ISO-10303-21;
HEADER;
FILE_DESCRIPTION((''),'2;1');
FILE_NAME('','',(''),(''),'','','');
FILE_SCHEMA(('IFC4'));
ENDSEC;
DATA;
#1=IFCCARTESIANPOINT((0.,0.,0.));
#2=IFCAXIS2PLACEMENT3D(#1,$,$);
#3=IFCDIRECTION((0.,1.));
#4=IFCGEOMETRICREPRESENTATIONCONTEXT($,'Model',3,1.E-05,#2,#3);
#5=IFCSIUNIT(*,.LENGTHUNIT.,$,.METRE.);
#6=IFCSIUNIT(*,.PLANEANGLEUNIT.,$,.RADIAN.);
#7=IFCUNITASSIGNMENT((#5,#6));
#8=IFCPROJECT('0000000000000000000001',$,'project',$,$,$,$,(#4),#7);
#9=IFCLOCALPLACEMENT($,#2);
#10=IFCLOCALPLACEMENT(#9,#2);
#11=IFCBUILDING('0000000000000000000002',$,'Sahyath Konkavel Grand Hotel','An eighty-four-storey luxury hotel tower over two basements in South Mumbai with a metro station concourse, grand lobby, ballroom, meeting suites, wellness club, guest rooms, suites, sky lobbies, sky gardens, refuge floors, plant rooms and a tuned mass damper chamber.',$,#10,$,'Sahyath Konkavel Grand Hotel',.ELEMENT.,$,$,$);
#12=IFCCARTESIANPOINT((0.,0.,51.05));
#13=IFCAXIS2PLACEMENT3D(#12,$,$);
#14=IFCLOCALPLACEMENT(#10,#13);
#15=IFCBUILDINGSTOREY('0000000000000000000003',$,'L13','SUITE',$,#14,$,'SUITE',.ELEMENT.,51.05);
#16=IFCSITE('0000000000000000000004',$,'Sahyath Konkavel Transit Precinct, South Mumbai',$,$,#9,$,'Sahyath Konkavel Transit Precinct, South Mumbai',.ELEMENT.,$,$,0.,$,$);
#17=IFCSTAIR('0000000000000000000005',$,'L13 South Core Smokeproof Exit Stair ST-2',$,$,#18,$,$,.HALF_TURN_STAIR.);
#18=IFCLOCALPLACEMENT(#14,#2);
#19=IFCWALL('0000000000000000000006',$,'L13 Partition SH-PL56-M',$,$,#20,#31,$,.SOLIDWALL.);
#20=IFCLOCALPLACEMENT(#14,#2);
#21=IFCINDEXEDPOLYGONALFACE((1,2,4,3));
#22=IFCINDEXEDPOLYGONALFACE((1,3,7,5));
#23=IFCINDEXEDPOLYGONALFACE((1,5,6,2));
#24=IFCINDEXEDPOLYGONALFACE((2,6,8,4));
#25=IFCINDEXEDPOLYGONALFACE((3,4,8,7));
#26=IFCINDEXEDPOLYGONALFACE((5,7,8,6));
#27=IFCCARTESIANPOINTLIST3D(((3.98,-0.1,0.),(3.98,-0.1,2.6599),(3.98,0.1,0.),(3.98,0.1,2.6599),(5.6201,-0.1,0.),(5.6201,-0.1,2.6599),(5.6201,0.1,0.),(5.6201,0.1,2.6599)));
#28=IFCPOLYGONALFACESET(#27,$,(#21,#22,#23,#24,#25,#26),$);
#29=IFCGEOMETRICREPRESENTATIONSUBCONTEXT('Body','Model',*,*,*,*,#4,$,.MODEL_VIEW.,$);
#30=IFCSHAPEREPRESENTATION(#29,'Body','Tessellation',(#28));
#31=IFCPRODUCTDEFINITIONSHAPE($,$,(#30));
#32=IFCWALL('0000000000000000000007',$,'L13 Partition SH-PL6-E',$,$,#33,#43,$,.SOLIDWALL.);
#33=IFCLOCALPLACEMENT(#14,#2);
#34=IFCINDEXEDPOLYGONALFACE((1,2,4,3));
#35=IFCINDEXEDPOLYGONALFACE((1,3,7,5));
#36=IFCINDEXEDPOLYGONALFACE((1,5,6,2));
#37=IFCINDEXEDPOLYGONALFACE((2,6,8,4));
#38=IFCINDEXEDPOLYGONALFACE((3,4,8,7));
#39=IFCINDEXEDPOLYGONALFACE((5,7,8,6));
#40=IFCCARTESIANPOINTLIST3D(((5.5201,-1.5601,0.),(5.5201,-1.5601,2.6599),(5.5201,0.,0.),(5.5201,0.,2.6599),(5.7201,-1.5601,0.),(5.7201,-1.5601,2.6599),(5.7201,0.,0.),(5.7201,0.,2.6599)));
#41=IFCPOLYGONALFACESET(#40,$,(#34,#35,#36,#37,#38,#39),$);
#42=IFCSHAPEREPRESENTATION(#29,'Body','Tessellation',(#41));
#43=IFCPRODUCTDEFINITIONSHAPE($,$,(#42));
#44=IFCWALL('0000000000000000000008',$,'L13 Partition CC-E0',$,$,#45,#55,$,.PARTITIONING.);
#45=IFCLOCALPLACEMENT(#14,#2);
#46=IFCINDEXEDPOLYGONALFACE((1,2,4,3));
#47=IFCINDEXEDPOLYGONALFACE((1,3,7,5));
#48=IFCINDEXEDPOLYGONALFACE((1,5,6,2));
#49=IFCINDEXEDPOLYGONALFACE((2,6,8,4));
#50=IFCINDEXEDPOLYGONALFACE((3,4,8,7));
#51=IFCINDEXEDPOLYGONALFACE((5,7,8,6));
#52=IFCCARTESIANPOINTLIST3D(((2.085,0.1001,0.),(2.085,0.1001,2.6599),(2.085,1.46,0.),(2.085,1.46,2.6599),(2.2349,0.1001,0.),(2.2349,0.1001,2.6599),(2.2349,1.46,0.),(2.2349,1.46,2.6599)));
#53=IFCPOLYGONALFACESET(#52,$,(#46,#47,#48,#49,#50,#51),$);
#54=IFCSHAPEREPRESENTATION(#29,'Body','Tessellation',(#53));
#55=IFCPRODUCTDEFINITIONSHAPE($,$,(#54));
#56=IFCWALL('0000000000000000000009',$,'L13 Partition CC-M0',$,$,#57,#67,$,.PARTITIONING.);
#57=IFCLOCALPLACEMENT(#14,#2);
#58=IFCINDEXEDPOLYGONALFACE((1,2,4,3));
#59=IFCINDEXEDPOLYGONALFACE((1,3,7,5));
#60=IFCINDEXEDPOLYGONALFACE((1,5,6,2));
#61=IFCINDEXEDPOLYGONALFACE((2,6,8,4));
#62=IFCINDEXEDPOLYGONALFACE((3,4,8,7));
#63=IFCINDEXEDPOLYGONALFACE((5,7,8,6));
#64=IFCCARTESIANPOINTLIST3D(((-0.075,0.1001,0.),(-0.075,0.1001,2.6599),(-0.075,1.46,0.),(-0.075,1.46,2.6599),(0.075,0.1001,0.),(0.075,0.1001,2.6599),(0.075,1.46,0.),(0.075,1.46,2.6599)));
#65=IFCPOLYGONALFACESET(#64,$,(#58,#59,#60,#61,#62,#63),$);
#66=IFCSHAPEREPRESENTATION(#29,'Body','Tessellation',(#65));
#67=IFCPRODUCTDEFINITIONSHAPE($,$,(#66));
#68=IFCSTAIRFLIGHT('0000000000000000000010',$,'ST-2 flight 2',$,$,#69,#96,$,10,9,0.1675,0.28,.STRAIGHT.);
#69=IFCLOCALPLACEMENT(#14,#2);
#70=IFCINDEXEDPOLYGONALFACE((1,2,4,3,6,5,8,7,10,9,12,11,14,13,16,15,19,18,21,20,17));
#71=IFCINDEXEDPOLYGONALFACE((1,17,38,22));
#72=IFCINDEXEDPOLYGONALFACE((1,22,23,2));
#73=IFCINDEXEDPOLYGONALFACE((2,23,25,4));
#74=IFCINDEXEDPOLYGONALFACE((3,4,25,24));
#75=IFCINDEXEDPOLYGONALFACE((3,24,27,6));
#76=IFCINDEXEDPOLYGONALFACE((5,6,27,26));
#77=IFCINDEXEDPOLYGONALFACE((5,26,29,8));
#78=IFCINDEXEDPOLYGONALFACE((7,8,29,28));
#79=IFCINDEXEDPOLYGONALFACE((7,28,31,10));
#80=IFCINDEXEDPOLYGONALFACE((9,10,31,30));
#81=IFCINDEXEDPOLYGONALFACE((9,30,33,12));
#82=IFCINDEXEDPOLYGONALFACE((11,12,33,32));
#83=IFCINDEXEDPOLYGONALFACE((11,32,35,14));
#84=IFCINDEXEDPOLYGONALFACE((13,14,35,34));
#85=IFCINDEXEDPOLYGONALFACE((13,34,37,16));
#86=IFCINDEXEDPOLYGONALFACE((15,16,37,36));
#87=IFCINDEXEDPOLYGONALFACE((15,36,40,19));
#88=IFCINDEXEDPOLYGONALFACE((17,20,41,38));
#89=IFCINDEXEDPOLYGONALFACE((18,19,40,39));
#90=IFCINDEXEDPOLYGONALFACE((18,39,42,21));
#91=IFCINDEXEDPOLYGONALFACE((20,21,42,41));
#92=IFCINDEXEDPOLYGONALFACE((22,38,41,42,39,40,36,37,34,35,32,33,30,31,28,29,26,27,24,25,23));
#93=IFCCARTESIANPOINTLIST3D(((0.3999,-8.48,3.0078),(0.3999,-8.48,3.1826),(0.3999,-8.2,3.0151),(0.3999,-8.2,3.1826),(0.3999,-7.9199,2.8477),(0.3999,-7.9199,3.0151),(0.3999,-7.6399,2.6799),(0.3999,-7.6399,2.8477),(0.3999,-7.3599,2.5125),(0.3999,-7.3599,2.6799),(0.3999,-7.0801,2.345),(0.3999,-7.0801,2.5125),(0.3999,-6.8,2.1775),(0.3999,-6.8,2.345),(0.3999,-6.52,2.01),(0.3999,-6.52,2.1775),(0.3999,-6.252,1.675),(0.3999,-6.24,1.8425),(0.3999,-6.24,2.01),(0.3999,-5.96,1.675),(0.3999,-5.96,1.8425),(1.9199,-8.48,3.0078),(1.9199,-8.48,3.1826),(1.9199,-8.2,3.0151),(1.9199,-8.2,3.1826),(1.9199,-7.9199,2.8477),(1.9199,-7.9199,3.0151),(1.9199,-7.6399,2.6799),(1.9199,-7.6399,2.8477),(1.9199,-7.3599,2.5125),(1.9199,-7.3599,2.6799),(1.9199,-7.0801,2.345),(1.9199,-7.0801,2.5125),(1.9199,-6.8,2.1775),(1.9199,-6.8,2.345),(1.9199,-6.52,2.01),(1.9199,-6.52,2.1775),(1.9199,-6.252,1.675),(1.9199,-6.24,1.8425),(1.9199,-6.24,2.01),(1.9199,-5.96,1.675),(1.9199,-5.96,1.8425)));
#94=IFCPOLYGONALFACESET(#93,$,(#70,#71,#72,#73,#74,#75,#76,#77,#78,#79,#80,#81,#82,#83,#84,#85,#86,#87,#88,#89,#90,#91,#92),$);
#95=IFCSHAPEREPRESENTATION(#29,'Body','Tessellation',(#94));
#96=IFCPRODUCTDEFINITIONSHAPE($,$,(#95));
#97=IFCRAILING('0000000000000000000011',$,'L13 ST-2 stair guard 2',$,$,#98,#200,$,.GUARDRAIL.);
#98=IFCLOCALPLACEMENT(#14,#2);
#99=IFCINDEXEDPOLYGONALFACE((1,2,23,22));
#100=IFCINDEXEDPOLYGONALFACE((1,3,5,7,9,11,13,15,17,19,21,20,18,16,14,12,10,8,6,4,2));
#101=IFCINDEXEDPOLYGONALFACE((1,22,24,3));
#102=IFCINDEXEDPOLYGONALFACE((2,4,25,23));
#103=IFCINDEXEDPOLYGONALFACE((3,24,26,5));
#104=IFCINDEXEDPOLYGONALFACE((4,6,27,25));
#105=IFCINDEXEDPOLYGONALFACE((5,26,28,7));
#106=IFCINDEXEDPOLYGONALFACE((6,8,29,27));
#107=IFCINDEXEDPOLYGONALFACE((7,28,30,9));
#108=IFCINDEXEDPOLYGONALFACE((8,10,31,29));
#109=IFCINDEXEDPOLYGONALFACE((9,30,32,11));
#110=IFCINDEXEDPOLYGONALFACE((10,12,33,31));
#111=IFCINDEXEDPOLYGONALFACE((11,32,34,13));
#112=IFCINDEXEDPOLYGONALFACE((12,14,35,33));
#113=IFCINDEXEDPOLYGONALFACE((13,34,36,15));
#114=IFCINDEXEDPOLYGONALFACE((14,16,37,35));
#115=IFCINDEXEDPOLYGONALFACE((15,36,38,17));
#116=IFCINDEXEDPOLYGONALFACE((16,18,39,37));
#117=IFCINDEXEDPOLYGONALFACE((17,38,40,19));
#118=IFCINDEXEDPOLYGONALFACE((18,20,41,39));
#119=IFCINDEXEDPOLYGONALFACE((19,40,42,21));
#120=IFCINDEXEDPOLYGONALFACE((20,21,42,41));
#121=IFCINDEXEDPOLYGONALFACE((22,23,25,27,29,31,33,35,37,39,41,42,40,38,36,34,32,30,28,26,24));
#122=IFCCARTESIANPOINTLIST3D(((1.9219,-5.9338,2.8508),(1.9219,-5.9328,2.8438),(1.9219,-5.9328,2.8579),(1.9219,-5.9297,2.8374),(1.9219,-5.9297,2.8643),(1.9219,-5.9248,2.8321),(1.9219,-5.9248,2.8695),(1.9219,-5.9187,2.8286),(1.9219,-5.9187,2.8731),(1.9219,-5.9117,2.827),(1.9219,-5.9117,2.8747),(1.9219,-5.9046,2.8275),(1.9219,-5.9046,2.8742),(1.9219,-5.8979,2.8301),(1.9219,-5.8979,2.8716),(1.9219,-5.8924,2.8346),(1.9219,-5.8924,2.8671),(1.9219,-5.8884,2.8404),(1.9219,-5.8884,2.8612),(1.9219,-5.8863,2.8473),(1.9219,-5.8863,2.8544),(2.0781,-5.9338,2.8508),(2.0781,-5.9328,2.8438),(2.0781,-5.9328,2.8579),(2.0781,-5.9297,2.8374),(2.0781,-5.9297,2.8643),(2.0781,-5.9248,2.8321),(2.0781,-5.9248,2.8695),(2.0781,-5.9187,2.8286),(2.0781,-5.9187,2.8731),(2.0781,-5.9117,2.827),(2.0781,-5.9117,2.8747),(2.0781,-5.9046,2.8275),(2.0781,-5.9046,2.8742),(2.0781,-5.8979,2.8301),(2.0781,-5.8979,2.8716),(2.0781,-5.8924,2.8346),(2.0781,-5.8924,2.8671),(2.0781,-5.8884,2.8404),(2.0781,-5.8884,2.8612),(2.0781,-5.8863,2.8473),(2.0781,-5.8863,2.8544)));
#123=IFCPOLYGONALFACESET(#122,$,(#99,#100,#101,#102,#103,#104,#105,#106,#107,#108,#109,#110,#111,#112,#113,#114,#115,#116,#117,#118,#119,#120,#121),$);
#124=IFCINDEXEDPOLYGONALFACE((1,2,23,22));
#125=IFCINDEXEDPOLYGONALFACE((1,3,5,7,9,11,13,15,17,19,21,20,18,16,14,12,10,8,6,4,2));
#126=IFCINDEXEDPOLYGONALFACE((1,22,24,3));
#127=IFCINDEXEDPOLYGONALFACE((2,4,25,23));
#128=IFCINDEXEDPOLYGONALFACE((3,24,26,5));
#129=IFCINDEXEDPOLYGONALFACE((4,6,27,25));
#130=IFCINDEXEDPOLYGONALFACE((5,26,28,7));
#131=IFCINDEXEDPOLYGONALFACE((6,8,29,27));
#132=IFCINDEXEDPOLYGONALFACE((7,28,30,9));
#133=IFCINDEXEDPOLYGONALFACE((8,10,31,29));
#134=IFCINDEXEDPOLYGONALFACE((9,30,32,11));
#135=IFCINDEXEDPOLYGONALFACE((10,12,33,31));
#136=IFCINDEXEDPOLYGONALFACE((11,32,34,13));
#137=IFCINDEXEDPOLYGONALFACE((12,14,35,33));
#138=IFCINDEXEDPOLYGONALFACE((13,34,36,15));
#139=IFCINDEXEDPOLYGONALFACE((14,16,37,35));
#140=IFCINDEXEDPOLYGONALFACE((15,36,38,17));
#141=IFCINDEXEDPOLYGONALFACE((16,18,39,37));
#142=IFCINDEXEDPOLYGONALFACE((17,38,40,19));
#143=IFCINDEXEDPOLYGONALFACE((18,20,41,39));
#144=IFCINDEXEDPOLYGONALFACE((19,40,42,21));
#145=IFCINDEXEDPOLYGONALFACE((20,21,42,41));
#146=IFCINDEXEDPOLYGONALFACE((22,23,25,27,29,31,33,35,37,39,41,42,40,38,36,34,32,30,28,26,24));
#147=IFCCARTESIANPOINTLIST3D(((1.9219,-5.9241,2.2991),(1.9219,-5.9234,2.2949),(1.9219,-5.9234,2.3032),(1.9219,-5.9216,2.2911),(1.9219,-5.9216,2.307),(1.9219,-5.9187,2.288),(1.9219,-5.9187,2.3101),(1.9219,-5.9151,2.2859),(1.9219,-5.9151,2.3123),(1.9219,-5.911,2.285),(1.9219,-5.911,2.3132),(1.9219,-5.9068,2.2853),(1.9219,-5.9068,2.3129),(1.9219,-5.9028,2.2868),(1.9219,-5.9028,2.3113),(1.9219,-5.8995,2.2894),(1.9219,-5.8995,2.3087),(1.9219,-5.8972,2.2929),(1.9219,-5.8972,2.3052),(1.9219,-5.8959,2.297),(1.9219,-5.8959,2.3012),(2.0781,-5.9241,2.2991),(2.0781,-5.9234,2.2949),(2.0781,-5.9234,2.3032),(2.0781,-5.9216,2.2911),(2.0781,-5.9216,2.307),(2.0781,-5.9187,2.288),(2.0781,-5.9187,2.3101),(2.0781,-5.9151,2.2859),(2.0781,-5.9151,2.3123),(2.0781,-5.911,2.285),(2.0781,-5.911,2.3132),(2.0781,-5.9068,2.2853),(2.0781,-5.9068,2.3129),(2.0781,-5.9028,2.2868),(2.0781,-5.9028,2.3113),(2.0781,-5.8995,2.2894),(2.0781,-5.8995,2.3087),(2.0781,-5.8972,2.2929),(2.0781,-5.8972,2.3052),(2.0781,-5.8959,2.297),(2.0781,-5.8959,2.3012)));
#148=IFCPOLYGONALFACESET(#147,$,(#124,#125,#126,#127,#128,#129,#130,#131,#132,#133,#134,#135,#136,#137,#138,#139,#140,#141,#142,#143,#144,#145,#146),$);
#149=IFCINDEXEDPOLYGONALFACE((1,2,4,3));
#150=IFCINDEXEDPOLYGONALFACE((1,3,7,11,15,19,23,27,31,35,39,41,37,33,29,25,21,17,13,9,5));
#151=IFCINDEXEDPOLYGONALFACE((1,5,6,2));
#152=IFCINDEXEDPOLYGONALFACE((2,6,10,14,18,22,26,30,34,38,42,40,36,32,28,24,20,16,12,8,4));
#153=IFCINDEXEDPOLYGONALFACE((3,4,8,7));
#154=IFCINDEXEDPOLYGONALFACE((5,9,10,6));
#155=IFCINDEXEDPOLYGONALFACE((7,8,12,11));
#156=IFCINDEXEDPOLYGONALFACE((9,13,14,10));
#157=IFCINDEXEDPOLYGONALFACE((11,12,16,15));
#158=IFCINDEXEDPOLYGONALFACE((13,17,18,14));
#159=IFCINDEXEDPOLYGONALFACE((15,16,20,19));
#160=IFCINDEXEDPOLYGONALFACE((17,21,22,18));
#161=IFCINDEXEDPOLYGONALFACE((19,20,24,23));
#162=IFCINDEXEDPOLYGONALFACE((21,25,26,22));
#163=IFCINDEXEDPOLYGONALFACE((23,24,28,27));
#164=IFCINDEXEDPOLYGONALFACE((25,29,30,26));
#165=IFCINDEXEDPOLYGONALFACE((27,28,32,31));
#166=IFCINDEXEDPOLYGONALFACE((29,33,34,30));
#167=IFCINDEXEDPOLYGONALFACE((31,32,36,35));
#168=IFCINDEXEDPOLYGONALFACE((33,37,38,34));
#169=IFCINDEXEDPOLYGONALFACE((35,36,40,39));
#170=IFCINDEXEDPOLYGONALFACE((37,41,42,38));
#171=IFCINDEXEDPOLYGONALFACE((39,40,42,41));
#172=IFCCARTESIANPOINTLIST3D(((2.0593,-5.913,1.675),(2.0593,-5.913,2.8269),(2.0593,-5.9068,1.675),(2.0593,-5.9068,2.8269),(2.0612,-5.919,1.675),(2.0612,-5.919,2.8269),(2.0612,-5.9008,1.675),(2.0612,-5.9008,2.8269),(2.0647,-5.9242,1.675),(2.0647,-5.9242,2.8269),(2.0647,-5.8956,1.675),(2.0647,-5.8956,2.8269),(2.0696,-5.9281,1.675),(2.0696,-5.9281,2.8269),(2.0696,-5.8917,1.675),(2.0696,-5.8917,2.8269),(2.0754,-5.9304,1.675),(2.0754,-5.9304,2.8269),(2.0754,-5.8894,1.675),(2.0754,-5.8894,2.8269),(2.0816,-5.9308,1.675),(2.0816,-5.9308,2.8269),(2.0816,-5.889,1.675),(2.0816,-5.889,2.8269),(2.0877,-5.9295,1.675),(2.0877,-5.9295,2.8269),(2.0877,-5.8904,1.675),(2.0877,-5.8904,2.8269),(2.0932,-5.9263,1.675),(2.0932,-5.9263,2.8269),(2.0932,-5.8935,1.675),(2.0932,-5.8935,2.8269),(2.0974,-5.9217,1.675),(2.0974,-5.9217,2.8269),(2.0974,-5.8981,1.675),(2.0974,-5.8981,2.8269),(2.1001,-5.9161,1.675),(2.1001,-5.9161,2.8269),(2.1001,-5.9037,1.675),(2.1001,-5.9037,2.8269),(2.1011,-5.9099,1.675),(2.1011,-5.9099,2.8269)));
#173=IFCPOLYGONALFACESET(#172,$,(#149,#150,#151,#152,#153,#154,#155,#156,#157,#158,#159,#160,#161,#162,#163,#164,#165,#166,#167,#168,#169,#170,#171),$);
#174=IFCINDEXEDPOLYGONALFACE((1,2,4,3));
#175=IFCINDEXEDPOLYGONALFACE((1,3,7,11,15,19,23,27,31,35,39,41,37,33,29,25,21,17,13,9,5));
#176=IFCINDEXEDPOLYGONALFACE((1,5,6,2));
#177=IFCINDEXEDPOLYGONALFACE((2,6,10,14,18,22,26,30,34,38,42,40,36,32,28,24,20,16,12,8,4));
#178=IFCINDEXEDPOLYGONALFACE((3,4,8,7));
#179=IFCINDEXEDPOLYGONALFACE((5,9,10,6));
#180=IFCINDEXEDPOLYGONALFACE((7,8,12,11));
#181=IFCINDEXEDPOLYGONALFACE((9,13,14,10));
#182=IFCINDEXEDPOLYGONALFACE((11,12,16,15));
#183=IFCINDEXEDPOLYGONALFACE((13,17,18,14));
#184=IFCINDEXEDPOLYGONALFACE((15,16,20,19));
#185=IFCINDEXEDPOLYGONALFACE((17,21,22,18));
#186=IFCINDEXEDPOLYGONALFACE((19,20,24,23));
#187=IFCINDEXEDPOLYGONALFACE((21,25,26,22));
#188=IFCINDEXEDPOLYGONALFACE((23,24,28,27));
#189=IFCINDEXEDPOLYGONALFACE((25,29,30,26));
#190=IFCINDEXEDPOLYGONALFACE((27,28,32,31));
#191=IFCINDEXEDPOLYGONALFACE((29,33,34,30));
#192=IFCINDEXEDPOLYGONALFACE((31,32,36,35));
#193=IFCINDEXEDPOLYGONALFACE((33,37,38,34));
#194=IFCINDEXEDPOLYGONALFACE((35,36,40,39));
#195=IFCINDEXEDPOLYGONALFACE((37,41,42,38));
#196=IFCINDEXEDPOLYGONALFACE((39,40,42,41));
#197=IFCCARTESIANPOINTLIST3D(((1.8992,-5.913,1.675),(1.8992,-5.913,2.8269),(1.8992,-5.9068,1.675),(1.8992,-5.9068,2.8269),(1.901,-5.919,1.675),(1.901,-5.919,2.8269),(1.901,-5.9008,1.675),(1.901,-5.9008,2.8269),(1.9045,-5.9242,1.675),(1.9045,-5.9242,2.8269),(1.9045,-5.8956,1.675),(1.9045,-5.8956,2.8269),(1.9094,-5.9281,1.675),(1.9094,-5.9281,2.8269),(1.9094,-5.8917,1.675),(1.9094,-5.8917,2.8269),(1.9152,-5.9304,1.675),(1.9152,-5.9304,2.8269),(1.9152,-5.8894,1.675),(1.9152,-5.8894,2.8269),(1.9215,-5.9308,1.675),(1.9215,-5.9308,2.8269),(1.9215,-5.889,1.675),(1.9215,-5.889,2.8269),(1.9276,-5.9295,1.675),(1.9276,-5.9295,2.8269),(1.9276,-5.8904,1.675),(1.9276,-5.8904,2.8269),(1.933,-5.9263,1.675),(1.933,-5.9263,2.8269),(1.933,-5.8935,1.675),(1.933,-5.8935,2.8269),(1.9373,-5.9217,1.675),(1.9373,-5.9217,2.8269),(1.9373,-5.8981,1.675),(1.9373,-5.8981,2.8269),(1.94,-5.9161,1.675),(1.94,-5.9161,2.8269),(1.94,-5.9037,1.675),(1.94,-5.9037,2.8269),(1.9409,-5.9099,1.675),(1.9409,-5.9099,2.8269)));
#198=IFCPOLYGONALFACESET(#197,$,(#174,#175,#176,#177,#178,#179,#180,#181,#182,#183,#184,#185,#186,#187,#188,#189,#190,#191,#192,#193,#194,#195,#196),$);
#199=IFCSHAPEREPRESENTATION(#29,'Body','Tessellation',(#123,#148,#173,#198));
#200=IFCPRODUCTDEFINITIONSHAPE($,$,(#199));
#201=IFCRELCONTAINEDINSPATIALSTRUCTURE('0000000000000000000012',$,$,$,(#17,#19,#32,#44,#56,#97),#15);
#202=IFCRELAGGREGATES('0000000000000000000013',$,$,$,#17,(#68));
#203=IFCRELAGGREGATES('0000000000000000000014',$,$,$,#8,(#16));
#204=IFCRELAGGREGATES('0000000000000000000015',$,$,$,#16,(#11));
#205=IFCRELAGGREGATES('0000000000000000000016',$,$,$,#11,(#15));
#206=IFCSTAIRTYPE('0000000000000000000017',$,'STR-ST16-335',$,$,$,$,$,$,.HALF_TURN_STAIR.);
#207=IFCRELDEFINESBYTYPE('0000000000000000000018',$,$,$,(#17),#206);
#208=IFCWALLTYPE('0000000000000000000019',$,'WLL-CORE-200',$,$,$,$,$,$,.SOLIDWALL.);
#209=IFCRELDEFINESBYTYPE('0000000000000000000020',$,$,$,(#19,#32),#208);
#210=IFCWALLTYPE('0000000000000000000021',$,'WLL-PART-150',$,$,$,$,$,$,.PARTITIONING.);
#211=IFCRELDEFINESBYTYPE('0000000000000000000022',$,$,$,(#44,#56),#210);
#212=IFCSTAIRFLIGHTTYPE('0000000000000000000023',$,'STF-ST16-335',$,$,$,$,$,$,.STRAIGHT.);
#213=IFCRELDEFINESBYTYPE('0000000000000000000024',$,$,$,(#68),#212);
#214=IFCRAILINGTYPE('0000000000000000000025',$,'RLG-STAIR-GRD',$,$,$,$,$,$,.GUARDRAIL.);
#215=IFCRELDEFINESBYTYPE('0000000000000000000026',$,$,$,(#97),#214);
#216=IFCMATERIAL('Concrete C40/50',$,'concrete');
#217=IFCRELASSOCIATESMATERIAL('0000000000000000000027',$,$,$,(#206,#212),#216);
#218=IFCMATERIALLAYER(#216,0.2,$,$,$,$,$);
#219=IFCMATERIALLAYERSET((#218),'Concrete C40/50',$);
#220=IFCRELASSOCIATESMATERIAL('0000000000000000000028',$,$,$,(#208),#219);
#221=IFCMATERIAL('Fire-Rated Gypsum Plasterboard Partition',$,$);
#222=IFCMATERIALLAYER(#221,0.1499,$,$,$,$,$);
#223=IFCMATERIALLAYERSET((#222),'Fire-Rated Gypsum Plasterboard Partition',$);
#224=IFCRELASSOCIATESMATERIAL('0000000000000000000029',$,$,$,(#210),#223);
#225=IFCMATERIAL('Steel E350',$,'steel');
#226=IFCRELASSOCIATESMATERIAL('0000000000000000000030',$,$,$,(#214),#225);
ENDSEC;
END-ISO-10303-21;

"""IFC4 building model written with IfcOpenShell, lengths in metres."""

from ifc_helpers import new_model, si_unit, direction, frame, frame_2d, origin, origin_2d, place, context, subcontext, project, spatial, polyline, rectangle, circle, outline, extrude, material, layer, layer_set, type_object, element, aggregate, save


model = new_model("IFC4")

# Units and contexts
model_context = context("Model", 3, precision=1e-05, world=origin(), true_north=direction((0.0, 1.0)))
body_context = subcontext(model_context, "Body", "Model", "MODEL_VIEW")
ifc_project = project(units=[si_unit("LENGTHUNIT", "METRE"), si_unit("PLANEANGLEUNIT", "RADIAN")], contexts=[model_context])

# Site, building, storey
site_placement = place(None, origin())
site = spatial("IfcSite", under=ifc_project, at=site_placement, Name="Sahyath Konkavel Transit Precinct, South Mumbai", LongName="Sahyath Konkavel Transit Precinct, South Mumbai", CompositionType="ELEMENT", RefElevation=0.0)
building_placement = place(site_placement, origin())
building = spatial("IfcBuilding", under=site, at=building_placement, Name="Sahyath Konkavel Grand Hotel", Description="An eighty-four-storey luxury hotel tower over two basements in South Mumbai with a metro station concourse, grand lobby, ballroom, meeting suites, wellness club, guest rooms, suites, sky lobbies, sky gardens, refuge floors, plant rooms and a tuned mass damper chamber.", LongName="Sahyath Konkavel Grand Hotel", CompositionType="ELEMENT")
storey_placement = place(building_placement, frame((0.0, 0.0, 51.05)))
storey = spatial("IfcBuildingStorey", under=building, at=storey_placement, Name="L13", Description="SUITE", LongName="SUITE", CompositionType="ELEMENT", Elevation=51.05)

# Shared definitions
ifc_material_1 = material(Name="Steel E350", Category="steel")

# Shared definitions
ifc_material_2 = material(Name="Concrete C40/50", Category="concrete")

# Stair
stair_type = type_object("IfcStairType", Name="STR-ST16-335", PredefinedType="HALF_TURN_STAIR", material=ifc_material_2)
stair_placement = place(storey_placement, origin())
stair = element("IfcStair", 1, at=stair_placement, inside=storey, type_object=stair_type, Name="L13 South Core Smokeproof Exit Stair ST-2", PredefinedType="HALF_TURN_STAIR")

# Walls
ifc_layer_1 = layer(ifc_material_2, 0.2)
ifc_layer_set_1 = layer_set([ifc_layer_1], Name="Concrete C40/50")
wall_type_1 = type_object("IfcWallType", Name="WLL-CORE-200", PredefinedType="SOLIDWALL", material=ifc_layer_set_1)
for number, where, z_axis, x_axis, name in (
    (2, (3.98, 0.0, 0.0), (0.0, 0.0, 1.0), (1.0, 0.0, 0.0), "L13 Partition SH-PL56-M"),
):
    element("IfcWall", number, at=place(storey_placement, frame(where, z_axis=z_axis, x_axis=x_axis)), inside=storey, type_object=wall_type_1, Name=name, PredefinedType="SOLIDWALL", context=body_context, shape_type="SweptSolid", body=[
        extrude(rectangle(XDim=1.6401, YDim=0.2, at=frame_2d((0.8201, 0.0))), origin(), (0.0, 0.0, 1.0), 2.6599),
    ])
wall_1_placement = place(storey_placement, frame((5.6201, -1.5601, 0.0), z_axis=(0.0, 0.0, 1.0), x_axis=(0.0, 1.0, 0.0)))
element("IfcWall", 3, at=wall_1_placement, inside=storey, type_object=wall_type_1, Name="L13 Partition SH-PL6-E", PredefinedType="SOLIDWALL", context=body_context, shape_type="SweptSolid", body=[
    extrude(rectangle(XDim=1.5601, YDim=0.2, at=frame_2d((0.78, 0.0))), origin(), (0.0, 0.0, 1.0), 2.6599),
])
ifc_material_3 = material(Name="Fire-Rated Gypsum Plasterboard Partition")
ifc_layer_2 = layer(ifc_material_3, 0.1499)
ifc_layer_set_2 = layer_set([ifc_layer_2], Name="Fire-Rated Gypsum Plasterboard Partition")
wall_type_2 = type_object("IfcWallType", Name="WLL-PART-150", PredefinedType="PARTITIONING", material=ifc_layer_set_2)
for number, where, z_axis, x_axis, name in (
    (4, (2.1599, 0.1001, 0.0), (0.0, 0.0, 1.0), (0.0, 1.0, 0.0), "L13 Partition CC-E0"),
    (5, (0.0, 0.1001, 0.0), (0.0, 0.0, 1.0), (0.0, 1.0, 0.0), "L13 Partition CC-M0"),
):
    element("IfcWall", number, at=place(storey_placement, frame(where, z_axis=z_axis, x_axis=x_axis)), inside=storey, type_object=wall_type_2, Name=name, PredefinedType="PARTITIONING", context=body_context, shape_type="SweptSolid", body=[
        extrude(rectangle(XDim=1.3599, YDim=0.1499, at=frame_2d((0.6799, 0.0))), origin(), (0.0, 0.0, 1.0), 2.6599),
    ])

# Stair flight
stair_flight_type = type_object("IfcStairFlightType", Name="STF-ST16-335", PredefinedType="STRAIGHT", material=ifc_material_2)
stair_flight_placement = place(storey_placement, frame((1.1599, -5.96, 1.675), z_axis=(0.0, 0.0, 1.0), x_axis=(0.0, -1.0, 0.0)))
stair_flight = element("IfcStairFlight", 6, at=stair_flight_placement, type_object=stair_flight_type, Name="ST-2 flight 2", NumberOfRisers=10, NumberOfTreads=9, PredefinedType="STRAIGHT", RiserHeight=0.1675, TreadLength=0.28, context=body_context, shape_type="SweptSolid", body=[
    extrude(outline(polyline([(0.0, 0.0), (0.0, 0.1675), (0.28, 0.1675), (0.28, 0.335), (0.5601, 0.335), (0.5601, 0.5024), (0.8401, 0.5024), (0.8401, 0.6699), (1.1201, 0.6699), (1.1201, 0.8374), (1.3999, 0.8374), (1.3999, 1.0049), (1.6799, 1.0049), (1.6799, 1.1726), (1.96, 1.1726), (1.96, 1.3401), (2.24, 1.3401), (2.24, 1.5076), (2.52, 1.5076), (2.52, 1.675), (2.52, 1.3328), (0.292, 0.0), (0.0, 0.0)])), frame((0.0, 0.76, 0.0), z_axis=(0.0, -1.0, 0.0), x_axis=(1.0, 0.0, 0.0)), (0.0, 0.0, 1.0), 1.52),
])
aggregate(stair, [stair_flight])

# Railing
railing_type_1 = type_object("IfcRailingType", Name="RLG-STAIR-GRD", PredefinedType="GUARDRAIL", material=ifc_material_1)
railing_1_placement = place(storey_placement, frame((2.0801, -5.9099, 1.675)))
element("IfcRailing", 7, at=railing_1_placement, inside=storey, type_object=railing_type_1, Name="L13 ST-2 stair guard 2", PredefinedType="GUARDRAIL", context=body_context, shape_type="SweptSolid", body=[
    extrude(circle(Radius=0.0239, at=origin_2d()), frame((-0.002, 0.0, 1.1758), z_axis=(-1.0, 0.0, 0.0), x_axis=(0.0, -1.0, 0.0)), (0.0, 0.0, 1.0), 0.1562),
    extrude(circle(Radius=0.0142, at=origin_2d()), frame((-0.002, 0.0, 0.624), z_axis=(-1.0, 0.0, 0.0), x_axis=(0.0, -1.0, 0.0)), (0.0, 0.0, 1.0), 0.1562),
    extrude(circle(Radius=0.021, at=origin_2d()), origin(), (0.0, 0.0, 1.0), 1.1519),
    extrude(circle(Radius=0.021, at=origin_2d()), frame((-0.1602, 0.0, 0.0)), (0.0, 0.0, 1.0), 1.1519),
])

save(model, "model.ifc")
